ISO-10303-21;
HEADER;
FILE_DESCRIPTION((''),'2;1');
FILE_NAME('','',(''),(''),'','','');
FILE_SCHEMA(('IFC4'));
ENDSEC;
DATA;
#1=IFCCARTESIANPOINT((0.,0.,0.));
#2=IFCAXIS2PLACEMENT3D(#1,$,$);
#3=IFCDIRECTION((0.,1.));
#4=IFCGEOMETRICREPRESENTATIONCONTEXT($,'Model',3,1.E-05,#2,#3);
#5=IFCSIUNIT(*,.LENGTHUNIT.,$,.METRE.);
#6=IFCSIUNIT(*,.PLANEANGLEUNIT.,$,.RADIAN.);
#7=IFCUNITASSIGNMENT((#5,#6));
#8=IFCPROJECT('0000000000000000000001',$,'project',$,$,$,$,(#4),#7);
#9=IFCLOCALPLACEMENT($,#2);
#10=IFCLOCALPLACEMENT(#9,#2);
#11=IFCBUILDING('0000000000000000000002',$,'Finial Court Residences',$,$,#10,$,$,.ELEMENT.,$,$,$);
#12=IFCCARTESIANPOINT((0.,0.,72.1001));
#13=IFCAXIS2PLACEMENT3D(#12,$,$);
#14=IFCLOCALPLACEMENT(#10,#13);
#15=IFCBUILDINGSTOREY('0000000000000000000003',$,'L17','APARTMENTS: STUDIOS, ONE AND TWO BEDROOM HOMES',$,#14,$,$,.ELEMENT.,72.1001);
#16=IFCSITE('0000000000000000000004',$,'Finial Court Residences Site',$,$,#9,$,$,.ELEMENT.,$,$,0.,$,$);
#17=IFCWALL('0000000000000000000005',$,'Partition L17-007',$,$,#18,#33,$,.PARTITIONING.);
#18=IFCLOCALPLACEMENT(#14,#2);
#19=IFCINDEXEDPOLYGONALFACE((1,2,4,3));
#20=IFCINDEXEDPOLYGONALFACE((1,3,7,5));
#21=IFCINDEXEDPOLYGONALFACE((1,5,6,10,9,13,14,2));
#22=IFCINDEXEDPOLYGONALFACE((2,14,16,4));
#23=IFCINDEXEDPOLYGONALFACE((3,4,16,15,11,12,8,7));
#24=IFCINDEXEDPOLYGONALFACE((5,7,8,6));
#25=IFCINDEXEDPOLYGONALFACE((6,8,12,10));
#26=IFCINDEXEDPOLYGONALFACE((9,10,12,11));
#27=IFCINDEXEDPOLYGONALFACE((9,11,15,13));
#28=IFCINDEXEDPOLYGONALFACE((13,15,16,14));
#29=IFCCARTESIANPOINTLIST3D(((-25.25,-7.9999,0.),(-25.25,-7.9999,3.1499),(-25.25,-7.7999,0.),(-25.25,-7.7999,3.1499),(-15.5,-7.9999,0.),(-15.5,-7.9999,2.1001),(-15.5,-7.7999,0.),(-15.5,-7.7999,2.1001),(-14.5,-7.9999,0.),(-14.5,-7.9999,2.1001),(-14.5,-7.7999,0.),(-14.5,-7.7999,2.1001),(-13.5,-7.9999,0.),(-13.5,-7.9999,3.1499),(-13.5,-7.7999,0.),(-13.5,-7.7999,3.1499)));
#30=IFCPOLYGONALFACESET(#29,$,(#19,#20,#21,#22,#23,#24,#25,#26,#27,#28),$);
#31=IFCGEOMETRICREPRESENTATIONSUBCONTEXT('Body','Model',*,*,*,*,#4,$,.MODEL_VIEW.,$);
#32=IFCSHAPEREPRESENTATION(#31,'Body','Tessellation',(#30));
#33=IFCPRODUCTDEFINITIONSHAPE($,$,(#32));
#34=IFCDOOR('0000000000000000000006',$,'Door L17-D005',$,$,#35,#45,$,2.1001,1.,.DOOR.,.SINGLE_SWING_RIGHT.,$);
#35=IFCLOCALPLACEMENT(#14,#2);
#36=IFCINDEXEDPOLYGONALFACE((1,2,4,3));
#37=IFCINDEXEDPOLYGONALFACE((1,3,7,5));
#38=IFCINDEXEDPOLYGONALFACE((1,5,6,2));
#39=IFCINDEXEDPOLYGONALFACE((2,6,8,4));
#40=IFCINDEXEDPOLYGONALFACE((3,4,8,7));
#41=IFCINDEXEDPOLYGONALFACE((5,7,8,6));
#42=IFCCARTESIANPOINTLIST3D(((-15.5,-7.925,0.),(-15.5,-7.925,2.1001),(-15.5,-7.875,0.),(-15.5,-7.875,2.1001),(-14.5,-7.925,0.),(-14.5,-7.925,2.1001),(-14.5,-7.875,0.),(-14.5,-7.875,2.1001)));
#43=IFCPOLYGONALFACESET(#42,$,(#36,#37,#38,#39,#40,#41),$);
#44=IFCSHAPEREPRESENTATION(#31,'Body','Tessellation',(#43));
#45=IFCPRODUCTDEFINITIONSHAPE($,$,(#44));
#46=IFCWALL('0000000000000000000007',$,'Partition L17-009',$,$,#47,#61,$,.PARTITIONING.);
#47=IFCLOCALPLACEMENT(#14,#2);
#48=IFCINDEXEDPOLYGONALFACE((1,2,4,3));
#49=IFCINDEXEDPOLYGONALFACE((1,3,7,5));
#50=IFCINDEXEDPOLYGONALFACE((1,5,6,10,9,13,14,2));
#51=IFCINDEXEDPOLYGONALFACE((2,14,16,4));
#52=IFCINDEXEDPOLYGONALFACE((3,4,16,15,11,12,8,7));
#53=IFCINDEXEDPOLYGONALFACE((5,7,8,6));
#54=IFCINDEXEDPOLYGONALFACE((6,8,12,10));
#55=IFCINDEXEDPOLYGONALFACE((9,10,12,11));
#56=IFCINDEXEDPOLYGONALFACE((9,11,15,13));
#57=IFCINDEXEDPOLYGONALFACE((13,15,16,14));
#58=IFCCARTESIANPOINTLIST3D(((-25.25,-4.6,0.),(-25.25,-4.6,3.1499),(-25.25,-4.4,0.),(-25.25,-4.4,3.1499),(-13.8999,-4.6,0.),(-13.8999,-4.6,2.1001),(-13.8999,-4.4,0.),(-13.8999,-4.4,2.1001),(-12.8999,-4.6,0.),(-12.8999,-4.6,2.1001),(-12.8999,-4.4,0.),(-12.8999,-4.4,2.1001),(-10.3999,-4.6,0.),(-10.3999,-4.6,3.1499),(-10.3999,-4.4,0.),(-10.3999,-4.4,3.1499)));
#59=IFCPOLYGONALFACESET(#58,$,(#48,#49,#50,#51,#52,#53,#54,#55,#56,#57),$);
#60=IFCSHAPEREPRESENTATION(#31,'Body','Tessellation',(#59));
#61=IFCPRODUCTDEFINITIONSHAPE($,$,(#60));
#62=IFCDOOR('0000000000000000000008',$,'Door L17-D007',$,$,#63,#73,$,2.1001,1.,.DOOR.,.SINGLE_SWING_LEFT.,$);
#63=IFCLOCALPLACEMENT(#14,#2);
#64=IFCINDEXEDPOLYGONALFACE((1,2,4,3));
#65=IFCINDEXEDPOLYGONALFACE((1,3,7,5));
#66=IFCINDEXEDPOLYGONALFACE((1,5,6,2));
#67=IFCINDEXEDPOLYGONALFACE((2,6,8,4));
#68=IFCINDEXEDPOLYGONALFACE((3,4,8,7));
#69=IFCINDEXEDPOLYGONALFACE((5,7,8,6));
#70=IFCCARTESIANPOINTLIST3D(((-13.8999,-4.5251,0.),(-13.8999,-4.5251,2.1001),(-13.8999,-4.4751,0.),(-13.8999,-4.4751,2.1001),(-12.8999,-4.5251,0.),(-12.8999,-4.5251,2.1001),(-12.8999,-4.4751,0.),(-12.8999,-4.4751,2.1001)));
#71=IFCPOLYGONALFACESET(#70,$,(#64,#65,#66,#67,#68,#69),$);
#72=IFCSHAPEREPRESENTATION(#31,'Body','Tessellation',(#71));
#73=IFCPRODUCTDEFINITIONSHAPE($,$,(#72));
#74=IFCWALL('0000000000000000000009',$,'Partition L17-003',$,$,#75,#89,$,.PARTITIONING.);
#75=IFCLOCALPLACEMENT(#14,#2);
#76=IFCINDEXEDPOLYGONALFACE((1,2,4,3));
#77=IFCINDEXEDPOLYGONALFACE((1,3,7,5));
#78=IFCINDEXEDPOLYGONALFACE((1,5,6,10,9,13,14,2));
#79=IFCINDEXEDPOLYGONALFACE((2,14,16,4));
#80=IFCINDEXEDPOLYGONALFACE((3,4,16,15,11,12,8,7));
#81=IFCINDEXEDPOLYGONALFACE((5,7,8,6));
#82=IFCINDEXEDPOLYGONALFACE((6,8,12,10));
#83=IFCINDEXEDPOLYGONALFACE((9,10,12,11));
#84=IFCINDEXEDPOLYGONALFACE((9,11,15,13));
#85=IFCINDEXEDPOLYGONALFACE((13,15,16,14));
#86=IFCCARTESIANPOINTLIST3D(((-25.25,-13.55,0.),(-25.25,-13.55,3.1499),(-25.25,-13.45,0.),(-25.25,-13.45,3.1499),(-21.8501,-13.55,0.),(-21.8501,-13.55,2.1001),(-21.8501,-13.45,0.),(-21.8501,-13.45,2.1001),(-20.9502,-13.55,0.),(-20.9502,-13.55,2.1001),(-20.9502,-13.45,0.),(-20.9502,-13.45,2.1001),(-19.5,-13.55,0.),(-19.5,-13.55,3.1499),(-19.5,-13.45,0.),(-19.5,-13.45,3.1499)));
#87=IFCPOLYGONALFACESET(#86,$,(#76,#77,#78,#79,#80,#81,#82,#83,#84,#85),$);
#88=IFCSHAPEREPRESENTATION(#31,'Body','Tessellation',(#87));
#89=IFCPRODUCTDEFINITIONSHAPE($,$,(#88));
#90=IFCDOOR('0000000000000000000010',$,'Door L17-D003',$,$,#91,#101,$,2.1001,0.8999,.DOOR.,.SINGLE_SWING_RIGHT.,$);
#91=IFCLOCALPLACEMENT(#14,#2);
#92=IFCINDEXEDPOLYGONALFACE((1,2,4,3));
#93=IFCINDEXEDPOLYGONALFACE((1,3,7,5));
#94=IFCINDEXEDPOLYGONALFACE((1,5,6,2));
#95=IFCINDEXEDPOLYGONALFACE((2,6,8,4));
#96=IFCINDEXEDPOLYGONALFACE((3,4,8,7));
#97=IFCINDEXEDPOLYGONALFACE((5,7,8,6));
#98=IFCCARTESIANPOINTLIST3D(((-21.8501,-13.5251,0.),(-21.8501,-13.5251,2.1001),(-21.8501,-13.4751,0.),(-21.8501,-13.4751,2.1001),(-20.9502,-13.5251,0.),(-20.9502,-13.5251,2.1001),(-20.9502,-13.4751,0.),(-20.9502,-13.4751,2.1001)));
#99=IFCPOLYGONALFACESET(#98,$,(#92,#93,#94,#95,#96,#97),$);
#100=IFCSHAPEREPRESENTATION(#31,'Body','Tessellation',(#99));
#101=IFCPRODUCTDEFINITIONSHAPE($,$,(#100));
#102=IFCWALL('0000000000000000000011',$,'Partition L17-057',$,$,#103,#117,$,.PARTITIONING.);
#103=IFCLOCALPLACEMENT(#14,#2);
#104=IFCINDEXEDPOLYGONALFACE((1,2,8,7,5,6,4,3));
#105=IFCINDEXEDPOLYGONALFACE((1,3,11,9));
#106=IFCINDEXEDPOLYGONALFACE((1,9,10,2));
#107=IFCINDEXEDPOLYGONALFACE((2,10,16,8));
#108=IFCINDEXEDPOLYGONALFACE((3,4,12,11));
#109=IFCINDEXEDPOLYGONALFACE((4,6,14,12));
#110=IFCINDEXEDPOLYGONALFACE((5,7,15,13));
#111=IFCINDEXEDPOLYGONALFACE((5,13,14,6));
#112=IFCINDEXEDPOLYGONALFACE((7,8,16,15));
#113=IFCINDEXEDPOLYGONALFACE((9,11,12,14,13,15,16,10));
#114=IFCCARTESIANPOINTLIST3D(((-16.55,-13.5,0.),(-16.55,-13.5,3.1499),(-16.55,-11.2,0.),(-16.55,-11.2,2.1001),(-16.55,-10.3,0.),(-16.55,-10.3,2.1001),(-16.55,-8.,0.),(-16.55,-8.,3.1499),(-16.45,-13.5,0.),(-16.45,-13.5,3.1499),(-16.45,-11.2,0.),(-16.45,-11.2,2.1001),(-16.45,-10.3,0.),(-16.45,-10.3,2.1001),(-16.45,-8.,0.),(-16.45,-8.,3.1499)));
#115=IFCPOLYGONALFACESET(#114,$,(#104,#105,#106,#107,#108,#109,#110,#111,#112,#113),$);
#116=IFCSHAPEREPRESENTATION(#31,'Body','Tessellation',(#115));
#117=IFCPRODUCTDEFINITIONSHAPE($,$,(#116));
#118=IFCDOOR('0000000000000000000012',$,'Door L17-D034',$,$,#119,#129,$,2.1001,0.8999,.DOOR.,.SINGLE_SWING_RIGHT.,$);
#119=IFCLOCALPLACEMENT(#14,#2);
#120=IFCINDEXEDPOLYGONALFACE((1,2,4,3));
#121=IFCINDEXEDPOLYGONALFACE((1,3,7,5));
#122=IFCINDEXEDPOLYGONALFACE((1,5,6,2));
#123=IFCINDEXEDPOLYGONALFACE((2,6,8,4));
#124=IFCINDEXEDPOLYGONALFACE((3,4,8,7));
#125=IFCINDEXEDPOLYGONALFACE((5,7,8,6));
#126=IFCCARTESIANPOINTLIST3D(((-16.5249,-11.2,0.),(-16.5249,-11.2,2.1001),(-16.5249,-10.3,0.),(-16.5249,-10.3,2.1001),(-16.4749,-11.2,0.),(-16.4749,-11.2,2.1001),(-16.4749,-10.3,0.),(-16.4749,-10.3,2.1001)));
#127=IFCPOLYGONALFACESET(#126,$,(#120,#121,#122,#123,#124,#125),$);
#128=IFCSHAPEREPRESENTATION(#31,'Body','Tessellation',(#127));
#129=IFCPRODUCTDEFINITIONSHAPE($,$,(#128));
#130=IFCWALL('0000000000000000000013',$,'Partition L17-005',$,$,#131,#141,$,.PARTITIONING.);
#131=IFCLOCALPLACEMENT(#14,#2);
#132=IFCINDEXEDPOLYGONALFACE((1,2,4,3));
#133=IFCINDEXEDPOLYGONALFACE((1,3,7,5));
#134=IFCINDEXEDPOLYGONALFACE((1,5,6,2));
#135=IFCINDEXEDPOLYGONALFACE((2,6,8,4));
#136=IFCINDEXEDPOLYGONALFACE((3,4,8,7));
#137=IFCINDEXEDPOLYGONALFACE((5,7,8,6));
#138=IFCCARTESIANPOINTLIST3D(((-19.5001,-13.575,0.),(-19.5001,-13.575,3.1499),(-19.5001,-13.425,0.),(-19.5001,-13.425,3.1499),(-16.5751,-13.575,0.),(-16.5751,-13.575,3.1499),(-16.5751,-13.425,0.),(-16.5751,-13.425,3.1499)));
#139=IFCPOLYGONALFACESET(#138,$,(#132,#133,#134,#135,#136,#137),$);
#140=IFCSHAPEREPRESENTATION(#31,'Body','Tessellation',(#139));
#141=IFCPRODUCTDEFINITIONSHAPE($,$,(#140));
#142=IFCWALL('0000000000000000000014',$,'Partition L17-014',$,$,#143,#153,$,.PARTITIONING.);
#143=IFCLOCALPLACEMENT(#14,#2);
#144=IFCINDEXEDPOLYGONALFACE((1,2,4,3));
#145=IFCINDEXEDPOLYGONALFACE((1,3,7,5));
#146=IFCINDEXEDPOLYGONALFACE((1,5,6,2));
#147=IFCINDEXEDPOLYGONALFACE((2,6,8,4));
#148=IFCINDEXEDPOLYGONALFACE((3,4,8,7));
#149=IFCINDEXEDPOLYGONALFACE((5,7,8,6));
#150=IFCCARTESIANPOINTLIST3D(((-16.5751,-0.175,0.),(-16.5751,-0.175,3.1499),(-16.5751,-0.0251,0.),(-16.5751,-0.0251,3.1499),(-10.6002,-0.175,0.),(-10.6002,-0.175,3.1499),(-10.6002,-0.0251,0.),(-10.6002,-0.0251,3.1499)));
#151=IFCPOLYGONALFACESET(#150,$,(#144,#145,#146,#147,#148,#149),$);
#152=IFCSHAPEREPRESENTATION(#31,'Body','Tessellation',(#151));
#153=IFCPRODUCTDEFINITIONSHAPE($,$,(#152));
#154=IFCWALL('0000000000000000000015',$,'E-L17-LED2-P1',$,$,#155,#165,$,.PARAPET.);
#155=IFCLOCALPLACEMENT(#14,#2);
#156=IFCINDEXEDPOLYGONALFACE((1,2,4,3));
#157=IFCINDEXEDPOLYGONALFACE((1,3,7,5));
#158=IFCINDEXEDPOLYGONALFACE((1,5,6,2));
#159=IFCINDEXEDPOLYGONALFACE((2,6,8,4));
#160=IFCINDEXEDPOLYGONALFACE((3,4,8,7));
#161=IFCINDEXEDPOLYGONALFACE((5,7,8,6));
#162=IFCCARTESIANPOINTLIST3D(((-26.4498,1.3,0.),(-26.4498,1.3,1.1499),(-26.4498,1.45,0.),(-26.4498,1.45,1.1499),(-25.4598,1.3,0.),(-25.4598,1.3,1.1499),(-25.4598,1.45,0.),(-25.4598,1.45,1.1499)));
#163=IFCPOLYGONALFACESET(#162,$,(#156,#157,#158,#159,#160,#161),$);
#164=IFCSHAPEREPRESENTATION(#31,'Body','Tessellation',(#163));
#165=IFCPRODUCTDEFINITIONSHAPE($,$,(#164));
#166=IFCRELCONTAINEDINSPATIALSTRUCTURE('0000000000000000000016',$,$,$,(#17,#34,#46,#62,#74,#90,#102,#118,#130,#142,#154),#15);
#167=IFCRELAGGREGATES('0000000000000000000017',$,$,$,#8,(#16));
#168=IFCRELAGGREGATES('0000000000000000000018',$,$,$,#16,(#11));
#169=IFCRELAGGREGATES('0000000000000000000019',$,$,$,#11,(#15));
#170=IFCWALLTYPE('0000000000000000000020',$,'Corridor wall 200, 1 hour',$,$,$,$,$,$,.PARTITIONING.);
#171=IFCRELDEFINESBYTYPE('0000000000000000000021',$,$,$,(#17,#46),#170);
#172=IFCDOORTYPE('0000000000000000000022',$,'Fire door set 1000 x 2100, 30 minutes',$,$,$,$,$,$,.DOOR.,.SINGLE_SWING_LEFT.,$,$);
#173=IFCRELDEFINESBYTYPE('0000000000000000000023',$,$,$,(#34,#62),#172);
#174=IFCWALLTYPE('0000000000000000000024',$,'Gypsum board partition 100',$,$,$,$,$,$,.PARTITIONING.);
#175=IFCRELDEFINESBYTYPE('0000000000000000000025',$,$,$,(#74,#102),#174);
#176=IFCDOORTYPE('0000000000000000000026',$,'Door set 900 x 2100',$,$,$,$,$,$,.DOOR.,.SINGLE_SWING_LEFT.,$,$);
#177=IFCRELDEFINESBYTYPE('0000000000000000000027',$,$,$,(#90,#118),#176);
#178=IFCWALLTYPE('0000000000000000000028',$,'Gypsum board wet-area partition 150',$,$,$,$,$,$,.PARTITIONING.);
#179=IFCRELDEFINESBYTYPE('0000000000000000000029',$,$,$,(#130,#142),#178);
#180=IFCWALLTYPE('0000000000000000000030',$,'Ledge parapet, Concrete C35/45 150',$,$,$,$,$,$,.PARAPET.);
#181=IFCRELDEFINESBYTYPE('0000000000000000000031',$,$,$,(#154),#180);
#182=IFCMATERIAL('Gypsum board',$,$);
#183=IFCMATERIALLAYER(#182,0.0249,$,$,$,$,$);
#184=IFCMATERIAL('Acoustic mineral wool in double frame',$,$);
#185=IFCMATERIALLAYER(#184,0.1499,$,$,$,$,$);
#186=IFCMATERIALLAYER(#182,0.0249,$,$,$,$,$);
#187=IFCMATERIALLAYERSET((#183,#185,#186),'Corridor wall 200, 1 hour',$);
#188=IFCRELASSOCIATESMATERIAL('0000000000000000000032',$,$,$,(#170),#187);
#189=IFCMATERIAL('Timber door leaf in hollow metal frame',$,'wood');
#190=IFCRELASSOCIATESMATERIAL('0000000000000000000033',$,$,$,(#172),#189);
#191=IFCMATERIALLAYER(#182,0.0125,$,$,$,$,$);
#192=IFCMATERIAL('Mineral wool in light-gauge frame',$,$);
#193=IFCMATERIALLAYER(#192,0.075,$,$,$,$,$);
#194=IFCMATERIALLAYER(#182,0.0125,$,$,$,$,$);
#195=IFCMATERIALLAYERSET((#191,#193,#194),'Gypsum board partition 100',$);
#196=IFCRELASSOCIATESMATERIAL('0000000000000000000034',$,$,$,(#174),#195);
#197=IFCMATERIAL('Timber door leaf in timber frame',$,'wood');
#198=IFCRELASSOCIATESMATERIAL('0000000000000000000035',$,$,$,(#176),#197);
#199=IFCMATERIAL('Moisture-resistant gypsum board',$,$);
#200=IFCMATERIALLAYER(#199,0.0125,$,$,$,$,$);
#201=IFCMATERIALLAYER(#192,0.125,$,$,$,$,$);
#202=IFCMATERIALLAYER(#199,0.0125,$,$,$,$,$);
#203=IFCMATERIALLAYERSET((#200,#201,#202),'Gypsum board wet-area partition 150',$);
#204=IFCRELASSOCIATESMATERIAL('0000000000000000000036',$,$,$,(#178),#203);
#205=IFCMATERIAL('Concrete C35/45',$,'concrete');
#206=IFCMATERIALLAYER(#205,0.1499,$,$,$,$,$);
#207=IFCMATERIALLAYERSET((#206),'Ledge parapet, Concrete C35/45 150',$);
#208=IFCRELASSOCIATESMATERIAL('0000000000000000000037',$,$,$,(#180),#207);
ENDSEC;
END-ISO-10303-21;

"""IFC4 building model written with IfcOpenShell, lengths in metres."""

from ifc_helpers import new_model, si_unit, direction, frame, frame_2d, origin, place, context, subcontext, project, spatial, rectangle, extrude, material, layer, layer_set, type_object, element, fill, save


model = new_model("IFC4")

# Units and contexts
model_context = context("Model", 3, precision=1e-05, world=origin(), true_north=direction((0.0, 1.0)))
body_context = subcontext(model_context, "Body", "Model", "MODEL_VIEW")
ifc_project = project(units=[si_unit("LENGTHUNIT", "METRE"), si_unit("PLANEANGLEUNIT", "RADIAN")], contexts=[model_context])

# Site, building, storey
site_placement = place(None, origin())
site = spatial("IfcSite", under=ifc_project, at=site_placement, Name="Finial Court Residences Site", CompositionType="ELEMENT", RefElevation=0.0)
building_placement = place(site_placement, origin())
building = spatial("IfcBuilding", under=site, at=building_placement, Name="Finial Court Residences", CompositionType="ELEMENT")
storey_placement = place(building_placement, frame((0.0, 0.0, 72.1001)))
storey = spatial("IfcBuildingStorey", under=building, at=storey_placement, Name="L17", Description="APARTMENTS: STUDIOS, ONE AND TWO BEDROOM HOMES", CompositionType="ELEMENT", Elevation=72.1001)

# Walls, openings, doors
ifc_material_1 = material(Name="Gypsum board")
ifc_layer_1 = layer(ifc_material_1, 0.0249)
ifc_material_2 = material(Name="Acoustic mineral wool in double frame")
ifc_layer_2 = layer(ifc_material_2, 0.1499)
ifc_layer_3 = layer(ifc_material_1, 0.0249)
ifc_layer_set_1 = layer_set([ifc_layer_1, ifc_layer_2, ifc_layer_3], Name="Corridor wall 200, 1 hour")
wall_type_1 = type_object("IfcWallType", Name="Corridor wall 200, 1 hour", PredefinedType="PARTITIONING", material=ifc_layer_set_1)
wall_1_placement = place(storey_placement, frame((-25.25, -7.8999, 0.0), z_axis=(0.0, 0.0, 1.0), x_axis=(1.0, 0.0, 0.0)))
wall_1 = element("IfcWall", 1, at=wall_1_placement, inside=storey, type_object=wall_type_1, Name="Partition L17-007", PredefinedType="PARTITIONING", context=body_context, shape_type="SweptSolid", body=[
    extrude(rectangle(XDim=11.75, YDim=0.2, at=frame_2d((5.875, 0.0))), origin(), (0.0, 0.0, 1.0), 3.1499),
])
opening_1_placement = place(wall_1_placement, frame((9.75, 0.0, 0.0)))
opening_1 = element("IfcOpeningElement", 2, at=opening_1_placement, cuts=wall_1, PredefinedType="OPENING", context=body_context, shape_type="SweptSolid", body=[
    extrude(rectangle(XDim=1.0, YDim=2.1001, at=frame_2d((0.5, 1.05))), frame((0.0, 0.1099, 0.0), z_axis=(0.0, -1.0, 0.0), x_axis=(1.0, 0.0, 0.0)), (0.0, 0.0, 1.0), 0.22),
])
ifc_material_3 = material(Name="Timber door leaf in hollow metal frame", Category="wood")
door_type_1 = type_object("IfcDoorType", Name="Fire door set 1000 x 2100, 30 minutes", OperationType="SINGLE_SWING_LEFT", PredefinedType="DOOR", material=ifc_material_3)
door_1_placement = place(opening_1_placement, origin())
door_1 = element("IfcDoor", 3, at=door_1_placement, inside=storey, type_object=door_type_1, Name="Door L17-D005", OperationType="SINGLE_SWING_RIGHT", OverallHeight=2.1001, OverallWidth=1.0, PredefinedType="DOOR", context=body_context, shape_type="SweptSolid", body=[
    extrude(rectangle(XDim=1.0, YDim=2.1001, at=frame_2d((0.5, 1.05))), frame((0.0, 0.0249, 0.0), z_axis=(0.0, -1.0, 0.0), x_axis=(1.0, 0.0, 0.0)), (0.0, 0.0, 1.0), 0.05),
])
fill(opening_1, door_1)
wall_2_placement = place(storey_placement, frame((-25.25, -4.5, 0.0), z_axis=(0.0, 0.0, 1.0), x_axis=(1.0, 0.0, 0.0)))
wall_2 = element("IfcWall", 4, at=wall_2_placement, inside=storey, type_object=wall_type_1, Name="Partition L17-009", PredefinedType="PARTITIONING", context=body_context, shape_type="SweptSolid", body=[
    extrude(rectangle(XDim=14.8501, YDim=0.2, at=frame_2d((7.425, 0.0))), origin(), (0.0, 0.0, 1.0), 3.1499),
])
opening_2_placement = place(wall_2_placement, frame((11.3501, 0.0, 0.0)))
opening_2 = element("IfcOpeningElement", 5, at=opening_2_placement, cuts=wall_2, PredefinedType="OPENING", context=body_context, shape_type="SweptSolid", body=[
    extrude(rectangle(XDim=1.0, YDim=2.1001, at=frame_2d((0.5, 1.05))), frame((0.0, 0.1099, 0.0), z_axis=(0.0, -1.0, 0.0), x_axis=(1.0, 0.0, 0.0)), (0.0, 0.0, 1.0), 0.22),
])
door_2_placement = place(opening_2_placement, origin())
door_2 = element("IfcDoor", 6, at=door_2_placement, inside=storey, type_object=door_type_1, Name="Door L17-D007", OperationType="SINGLE_SWING_LEFT", OverallHeight=2.1001, OverallWidth=1.0, PredefinedType="DOOR", context=body_context, shape_type="SweptSolid", body=[
    extrude(rectangle(XDim=1.0, YDim=2.1001, at=frame_2d((0.5, 1.05))), frame((0.0, 0.0249, 0.0), z_axis=(0.0, -1.0, 0.0), x_axis=(1.0, 0.0, 0.0)), (0.0, 0.0, 1.0), 0.05),
])
fill(opening_2, door_2)
ifc_layer_4 = layer(ifc_material_1, 0.0125)
ifc_material_4 = material(Name="Mineral wool in light-gauge frame")
ifc_layer_5 = layer(ifc_material_4, 0.075)
ifc_layer_6 = layer(ifc_material_1, 0.0125)
ifc_layer_set_2 = layer_set([ifc_layer_4, ifc_layer_5, ifc_layer_6], Name="Gypsum board partition 100")
wall_type_2 = type_object("IfcWallType", Name="Gypsum board partition 100", PredefinedType="PARTITIONING", material=ifc_layer_set_2)
wall_3_placement = place(storey_placement, frame((-25.25, -13.5, 0.0), z_axis=(0.0, 0.0, 1.0), x_axis=(1.0, 0.0, 0.0)))
wall_3 = element("IfcWall", 7, at=wall_3_placement, inside=storey, type_object=wall_type_2, Name="Partition L17-003", PredefinedType="PARTITIONING", context=body_context, shape_type="SweptSolid", body=[
    extrude(rectangle(XDim=5.75, YDim=0.1001, at=frame_2d((2.875, 0.0))), origin(), (0.0, 0.0, 1.0), 3.1499),
])
opening_3_placement = place(wall_3_placement, frame((3.3999, 0.0, 0.0)))
opening_3 = element("IfcOpeningElement", 8, at=opening_3_placement, cuts=wall_3, PredefinedType="OPENING", context=body_context, shape_type="SweptSolid", body=[
    extrude(rectangle(XDim=0.8999, YDim=2.1001, at=frame_2d((0.45, 1.05))), frame((0.0, 0.0601, 0.0), z_axis=(0.0, -1.0, 0.0), x_axis=(1.0, 0.0, 0.0)), (0.0, 0.0, 1.0), 0.1201),
])
ifc_material_5 = material(Name="Timber door leaf in timber frame", Category="wood")
door_type_2 = type_object("IfcDoorType", Name="Door set 900 x 2100", OperationType="SINGLE_SWING_LEFT", PredefinedType="DOOR", material=ifc_material_5)
door_3_placement = place(opening_3_placement, origin())
door_3 = element("IfcDoor", 9, at=door_3_placement, inside=storey, type_object=door_type_2, Name="Door L17-D003", OperationType="SINGLE_SWING_RIGHT", OverallHeight=2.1001, OverallWidth=0.8999, PredefinedType="DOOR", context=body_context, shape_type="SweptSolid", body=[
    extrude(rectangle(XDim=0.8999, YDim=2.1001, at=frame_2d((0.45, 1.05))), frame((0.0, 0.0249, 0.0), z_axis=(0.0, -1.0, 0.0), x_axis=(1.0, 0.0, 0.0)), (0.0, 0.0, 1.0), 0.05),
])
fill(opening_3, door_3)
wall_4_placement = place(storey_placement, frame((-16.5, -13.5, 0.0), z_axis=(0.0, 0.0, 1.0), x_axis=(0.0, 1.0, 0.0)))
wall_4 = element("IfcWall", 10, at=wall_4_placement, inside=storey, type_object=wall_type_2, Name="Partition L17-057", PredefinedType="PARTITIONING", context=body_context, shape_type="SweptSolid", body=[
    extrude(rectangle(XDim=5.5, YDim=0.1001, at=frame_2d((2.75, 0.0))), origin(), (0.0, 0.0, 1.0), 3.1499),
])
opening_4_placement = place(wall_4_placement, frame((2.3, 0.0, 0.0)))
opening_4 = element("IfcOpeningElement", 11, at=opening_4_placement, cuts=wall_4, PredefinedType="OPENING", context=body_context, shape_type="SweptSolid", body=[
    extrude(rectangle(XDim=0.8999, YDim=2.1001, at=frame_2d((0.45, 1.05))), frame((0.0, 0.0601, 0.0), z_axis=(0.0, -1.0, 0.0), x_axis=(1.0, 0.0, 0.0)), (0.0, 0.0, 1.0), 0.1201),
])
door_4_placement = place(opening_4_placement, origin())
door_4 = element("IfcDoor", 12, at=door_4_placement, inside=storey, type_object=door_type_2, Name="Door L17-D034", OperationType="SINGLE_SWING_RIGHT", OverallHeight=2.1001, OverallWidth=0.8999, PredefinedType="DOOR", context=body_context, shape_type="SweptSolid", body=[
    extrude(rectangle(XDim=0.8999, YDim=2.1001, at=frame_2d((0.45, 1.05))), frame((0.0, 0.0249, 0.0), z_axis=(0.0, -1.0, 0.0), x_axis=(1.0, 0.0, 0.0)), (0.0, 0.0, 1.0), 0.05),
])
fill(opening_4, door_4)

# Walls
ifc_material_6 = material(Name="Moisture-resistant gypsum board")
ifc_layer_7 = layer(ifc_material_6, 0.0125)
ifc_layer_8 = layer(ifc_material_4, 0.125)
ifc_layer_9 = layer(ifc_material_6, 0.0125)
ifc_layer_set_3 = layer_set([ifc_layer_7, ifc_layer_8, ifc_layer_9], Name="Gypsum board wet-area partition 150")
wall_type_3 = type_object("IfcWallType", Name="Gypsum board wet-area partition 150", PredefinedType="PARTITIONING", material=ifc_layer_set_3)
wall_5_placement = place(storey_placement, frame((-19.5, -13.5, 0.0), z_axis=(0.0, 0.0, 1.0), x_axis=(1.0, 0.0, 0.0)))
element("IfcWall", 13, at=wall_5_placement, inside=storey, type_object=wall_type_3, Name="Partition L17-005", PredefinedType="PARTITIONING", context=body_context, shape_type="SweptSolid", body=[
    extrude(rectangle(XDim=2.925, YDim=0.1499, at=frame_2d((1.4624, 0.0))), origin(), (0.0, 0.0, 1.0), 3.1499),
])
wall_6_placement = place(storey_placement, frame((-16.575, -0.1001, 0.0), z_axis=(0.0, 0.0, 1.0), x_axis=(1.0, 0.0, 0.0)))
element("IfcWall", 14, at=wall_6_placement, inside=storey, type_object=wall_type_3, Name="Partition L17-014", PredefinedType="PARTITIONING", context=body_context, shape_type="SweptSolid", body=[
    extrude(rectangle(XDim=5.9749, YDim=0.1499, at=frame_2d((2.9873, 0.0))), origin(), (0.0, 0.0, 1.0), 3.1499),
])
ifc_material_7 = material(Name="Concrete C35/45", Category="concrete")
ifc_layer_10 = layer(ifc_material_7, 0.1499)
ifc_layer_set_4 = layer_set([ifc_layer_10], Name="Ledge parapet, Concrete C35/45 150")
wall_type_4 = type_object("IfcWallType", Name="Ledge parapet, Concrete C35/45 150", PredefinedType="PARAPET", material=ifc_layer_set_4)
wall_7_placement = place(storey_placement, frame((-26.45, 1.375, 0.0), z_axis=(0.0, 0.0, 1.0), x_axis=(1.0, 0.0, 0.0)))
element("IfcWall", 15, at=wall_7_placement, inside=storey, type_object=wall_type_4, Name="E-L17-LED2-P1", PredefinedType="PARAPET", context=body_context, shape_type="SweptSolid", body=[
    extrude(rectangle(XDim=0.99, YDim=0.1499, at=frame_2d((0.4951, 0.0))), origin(), (0.0, 0.0, 1.0), 1.1499),
])

save(model, "model.ifc")
